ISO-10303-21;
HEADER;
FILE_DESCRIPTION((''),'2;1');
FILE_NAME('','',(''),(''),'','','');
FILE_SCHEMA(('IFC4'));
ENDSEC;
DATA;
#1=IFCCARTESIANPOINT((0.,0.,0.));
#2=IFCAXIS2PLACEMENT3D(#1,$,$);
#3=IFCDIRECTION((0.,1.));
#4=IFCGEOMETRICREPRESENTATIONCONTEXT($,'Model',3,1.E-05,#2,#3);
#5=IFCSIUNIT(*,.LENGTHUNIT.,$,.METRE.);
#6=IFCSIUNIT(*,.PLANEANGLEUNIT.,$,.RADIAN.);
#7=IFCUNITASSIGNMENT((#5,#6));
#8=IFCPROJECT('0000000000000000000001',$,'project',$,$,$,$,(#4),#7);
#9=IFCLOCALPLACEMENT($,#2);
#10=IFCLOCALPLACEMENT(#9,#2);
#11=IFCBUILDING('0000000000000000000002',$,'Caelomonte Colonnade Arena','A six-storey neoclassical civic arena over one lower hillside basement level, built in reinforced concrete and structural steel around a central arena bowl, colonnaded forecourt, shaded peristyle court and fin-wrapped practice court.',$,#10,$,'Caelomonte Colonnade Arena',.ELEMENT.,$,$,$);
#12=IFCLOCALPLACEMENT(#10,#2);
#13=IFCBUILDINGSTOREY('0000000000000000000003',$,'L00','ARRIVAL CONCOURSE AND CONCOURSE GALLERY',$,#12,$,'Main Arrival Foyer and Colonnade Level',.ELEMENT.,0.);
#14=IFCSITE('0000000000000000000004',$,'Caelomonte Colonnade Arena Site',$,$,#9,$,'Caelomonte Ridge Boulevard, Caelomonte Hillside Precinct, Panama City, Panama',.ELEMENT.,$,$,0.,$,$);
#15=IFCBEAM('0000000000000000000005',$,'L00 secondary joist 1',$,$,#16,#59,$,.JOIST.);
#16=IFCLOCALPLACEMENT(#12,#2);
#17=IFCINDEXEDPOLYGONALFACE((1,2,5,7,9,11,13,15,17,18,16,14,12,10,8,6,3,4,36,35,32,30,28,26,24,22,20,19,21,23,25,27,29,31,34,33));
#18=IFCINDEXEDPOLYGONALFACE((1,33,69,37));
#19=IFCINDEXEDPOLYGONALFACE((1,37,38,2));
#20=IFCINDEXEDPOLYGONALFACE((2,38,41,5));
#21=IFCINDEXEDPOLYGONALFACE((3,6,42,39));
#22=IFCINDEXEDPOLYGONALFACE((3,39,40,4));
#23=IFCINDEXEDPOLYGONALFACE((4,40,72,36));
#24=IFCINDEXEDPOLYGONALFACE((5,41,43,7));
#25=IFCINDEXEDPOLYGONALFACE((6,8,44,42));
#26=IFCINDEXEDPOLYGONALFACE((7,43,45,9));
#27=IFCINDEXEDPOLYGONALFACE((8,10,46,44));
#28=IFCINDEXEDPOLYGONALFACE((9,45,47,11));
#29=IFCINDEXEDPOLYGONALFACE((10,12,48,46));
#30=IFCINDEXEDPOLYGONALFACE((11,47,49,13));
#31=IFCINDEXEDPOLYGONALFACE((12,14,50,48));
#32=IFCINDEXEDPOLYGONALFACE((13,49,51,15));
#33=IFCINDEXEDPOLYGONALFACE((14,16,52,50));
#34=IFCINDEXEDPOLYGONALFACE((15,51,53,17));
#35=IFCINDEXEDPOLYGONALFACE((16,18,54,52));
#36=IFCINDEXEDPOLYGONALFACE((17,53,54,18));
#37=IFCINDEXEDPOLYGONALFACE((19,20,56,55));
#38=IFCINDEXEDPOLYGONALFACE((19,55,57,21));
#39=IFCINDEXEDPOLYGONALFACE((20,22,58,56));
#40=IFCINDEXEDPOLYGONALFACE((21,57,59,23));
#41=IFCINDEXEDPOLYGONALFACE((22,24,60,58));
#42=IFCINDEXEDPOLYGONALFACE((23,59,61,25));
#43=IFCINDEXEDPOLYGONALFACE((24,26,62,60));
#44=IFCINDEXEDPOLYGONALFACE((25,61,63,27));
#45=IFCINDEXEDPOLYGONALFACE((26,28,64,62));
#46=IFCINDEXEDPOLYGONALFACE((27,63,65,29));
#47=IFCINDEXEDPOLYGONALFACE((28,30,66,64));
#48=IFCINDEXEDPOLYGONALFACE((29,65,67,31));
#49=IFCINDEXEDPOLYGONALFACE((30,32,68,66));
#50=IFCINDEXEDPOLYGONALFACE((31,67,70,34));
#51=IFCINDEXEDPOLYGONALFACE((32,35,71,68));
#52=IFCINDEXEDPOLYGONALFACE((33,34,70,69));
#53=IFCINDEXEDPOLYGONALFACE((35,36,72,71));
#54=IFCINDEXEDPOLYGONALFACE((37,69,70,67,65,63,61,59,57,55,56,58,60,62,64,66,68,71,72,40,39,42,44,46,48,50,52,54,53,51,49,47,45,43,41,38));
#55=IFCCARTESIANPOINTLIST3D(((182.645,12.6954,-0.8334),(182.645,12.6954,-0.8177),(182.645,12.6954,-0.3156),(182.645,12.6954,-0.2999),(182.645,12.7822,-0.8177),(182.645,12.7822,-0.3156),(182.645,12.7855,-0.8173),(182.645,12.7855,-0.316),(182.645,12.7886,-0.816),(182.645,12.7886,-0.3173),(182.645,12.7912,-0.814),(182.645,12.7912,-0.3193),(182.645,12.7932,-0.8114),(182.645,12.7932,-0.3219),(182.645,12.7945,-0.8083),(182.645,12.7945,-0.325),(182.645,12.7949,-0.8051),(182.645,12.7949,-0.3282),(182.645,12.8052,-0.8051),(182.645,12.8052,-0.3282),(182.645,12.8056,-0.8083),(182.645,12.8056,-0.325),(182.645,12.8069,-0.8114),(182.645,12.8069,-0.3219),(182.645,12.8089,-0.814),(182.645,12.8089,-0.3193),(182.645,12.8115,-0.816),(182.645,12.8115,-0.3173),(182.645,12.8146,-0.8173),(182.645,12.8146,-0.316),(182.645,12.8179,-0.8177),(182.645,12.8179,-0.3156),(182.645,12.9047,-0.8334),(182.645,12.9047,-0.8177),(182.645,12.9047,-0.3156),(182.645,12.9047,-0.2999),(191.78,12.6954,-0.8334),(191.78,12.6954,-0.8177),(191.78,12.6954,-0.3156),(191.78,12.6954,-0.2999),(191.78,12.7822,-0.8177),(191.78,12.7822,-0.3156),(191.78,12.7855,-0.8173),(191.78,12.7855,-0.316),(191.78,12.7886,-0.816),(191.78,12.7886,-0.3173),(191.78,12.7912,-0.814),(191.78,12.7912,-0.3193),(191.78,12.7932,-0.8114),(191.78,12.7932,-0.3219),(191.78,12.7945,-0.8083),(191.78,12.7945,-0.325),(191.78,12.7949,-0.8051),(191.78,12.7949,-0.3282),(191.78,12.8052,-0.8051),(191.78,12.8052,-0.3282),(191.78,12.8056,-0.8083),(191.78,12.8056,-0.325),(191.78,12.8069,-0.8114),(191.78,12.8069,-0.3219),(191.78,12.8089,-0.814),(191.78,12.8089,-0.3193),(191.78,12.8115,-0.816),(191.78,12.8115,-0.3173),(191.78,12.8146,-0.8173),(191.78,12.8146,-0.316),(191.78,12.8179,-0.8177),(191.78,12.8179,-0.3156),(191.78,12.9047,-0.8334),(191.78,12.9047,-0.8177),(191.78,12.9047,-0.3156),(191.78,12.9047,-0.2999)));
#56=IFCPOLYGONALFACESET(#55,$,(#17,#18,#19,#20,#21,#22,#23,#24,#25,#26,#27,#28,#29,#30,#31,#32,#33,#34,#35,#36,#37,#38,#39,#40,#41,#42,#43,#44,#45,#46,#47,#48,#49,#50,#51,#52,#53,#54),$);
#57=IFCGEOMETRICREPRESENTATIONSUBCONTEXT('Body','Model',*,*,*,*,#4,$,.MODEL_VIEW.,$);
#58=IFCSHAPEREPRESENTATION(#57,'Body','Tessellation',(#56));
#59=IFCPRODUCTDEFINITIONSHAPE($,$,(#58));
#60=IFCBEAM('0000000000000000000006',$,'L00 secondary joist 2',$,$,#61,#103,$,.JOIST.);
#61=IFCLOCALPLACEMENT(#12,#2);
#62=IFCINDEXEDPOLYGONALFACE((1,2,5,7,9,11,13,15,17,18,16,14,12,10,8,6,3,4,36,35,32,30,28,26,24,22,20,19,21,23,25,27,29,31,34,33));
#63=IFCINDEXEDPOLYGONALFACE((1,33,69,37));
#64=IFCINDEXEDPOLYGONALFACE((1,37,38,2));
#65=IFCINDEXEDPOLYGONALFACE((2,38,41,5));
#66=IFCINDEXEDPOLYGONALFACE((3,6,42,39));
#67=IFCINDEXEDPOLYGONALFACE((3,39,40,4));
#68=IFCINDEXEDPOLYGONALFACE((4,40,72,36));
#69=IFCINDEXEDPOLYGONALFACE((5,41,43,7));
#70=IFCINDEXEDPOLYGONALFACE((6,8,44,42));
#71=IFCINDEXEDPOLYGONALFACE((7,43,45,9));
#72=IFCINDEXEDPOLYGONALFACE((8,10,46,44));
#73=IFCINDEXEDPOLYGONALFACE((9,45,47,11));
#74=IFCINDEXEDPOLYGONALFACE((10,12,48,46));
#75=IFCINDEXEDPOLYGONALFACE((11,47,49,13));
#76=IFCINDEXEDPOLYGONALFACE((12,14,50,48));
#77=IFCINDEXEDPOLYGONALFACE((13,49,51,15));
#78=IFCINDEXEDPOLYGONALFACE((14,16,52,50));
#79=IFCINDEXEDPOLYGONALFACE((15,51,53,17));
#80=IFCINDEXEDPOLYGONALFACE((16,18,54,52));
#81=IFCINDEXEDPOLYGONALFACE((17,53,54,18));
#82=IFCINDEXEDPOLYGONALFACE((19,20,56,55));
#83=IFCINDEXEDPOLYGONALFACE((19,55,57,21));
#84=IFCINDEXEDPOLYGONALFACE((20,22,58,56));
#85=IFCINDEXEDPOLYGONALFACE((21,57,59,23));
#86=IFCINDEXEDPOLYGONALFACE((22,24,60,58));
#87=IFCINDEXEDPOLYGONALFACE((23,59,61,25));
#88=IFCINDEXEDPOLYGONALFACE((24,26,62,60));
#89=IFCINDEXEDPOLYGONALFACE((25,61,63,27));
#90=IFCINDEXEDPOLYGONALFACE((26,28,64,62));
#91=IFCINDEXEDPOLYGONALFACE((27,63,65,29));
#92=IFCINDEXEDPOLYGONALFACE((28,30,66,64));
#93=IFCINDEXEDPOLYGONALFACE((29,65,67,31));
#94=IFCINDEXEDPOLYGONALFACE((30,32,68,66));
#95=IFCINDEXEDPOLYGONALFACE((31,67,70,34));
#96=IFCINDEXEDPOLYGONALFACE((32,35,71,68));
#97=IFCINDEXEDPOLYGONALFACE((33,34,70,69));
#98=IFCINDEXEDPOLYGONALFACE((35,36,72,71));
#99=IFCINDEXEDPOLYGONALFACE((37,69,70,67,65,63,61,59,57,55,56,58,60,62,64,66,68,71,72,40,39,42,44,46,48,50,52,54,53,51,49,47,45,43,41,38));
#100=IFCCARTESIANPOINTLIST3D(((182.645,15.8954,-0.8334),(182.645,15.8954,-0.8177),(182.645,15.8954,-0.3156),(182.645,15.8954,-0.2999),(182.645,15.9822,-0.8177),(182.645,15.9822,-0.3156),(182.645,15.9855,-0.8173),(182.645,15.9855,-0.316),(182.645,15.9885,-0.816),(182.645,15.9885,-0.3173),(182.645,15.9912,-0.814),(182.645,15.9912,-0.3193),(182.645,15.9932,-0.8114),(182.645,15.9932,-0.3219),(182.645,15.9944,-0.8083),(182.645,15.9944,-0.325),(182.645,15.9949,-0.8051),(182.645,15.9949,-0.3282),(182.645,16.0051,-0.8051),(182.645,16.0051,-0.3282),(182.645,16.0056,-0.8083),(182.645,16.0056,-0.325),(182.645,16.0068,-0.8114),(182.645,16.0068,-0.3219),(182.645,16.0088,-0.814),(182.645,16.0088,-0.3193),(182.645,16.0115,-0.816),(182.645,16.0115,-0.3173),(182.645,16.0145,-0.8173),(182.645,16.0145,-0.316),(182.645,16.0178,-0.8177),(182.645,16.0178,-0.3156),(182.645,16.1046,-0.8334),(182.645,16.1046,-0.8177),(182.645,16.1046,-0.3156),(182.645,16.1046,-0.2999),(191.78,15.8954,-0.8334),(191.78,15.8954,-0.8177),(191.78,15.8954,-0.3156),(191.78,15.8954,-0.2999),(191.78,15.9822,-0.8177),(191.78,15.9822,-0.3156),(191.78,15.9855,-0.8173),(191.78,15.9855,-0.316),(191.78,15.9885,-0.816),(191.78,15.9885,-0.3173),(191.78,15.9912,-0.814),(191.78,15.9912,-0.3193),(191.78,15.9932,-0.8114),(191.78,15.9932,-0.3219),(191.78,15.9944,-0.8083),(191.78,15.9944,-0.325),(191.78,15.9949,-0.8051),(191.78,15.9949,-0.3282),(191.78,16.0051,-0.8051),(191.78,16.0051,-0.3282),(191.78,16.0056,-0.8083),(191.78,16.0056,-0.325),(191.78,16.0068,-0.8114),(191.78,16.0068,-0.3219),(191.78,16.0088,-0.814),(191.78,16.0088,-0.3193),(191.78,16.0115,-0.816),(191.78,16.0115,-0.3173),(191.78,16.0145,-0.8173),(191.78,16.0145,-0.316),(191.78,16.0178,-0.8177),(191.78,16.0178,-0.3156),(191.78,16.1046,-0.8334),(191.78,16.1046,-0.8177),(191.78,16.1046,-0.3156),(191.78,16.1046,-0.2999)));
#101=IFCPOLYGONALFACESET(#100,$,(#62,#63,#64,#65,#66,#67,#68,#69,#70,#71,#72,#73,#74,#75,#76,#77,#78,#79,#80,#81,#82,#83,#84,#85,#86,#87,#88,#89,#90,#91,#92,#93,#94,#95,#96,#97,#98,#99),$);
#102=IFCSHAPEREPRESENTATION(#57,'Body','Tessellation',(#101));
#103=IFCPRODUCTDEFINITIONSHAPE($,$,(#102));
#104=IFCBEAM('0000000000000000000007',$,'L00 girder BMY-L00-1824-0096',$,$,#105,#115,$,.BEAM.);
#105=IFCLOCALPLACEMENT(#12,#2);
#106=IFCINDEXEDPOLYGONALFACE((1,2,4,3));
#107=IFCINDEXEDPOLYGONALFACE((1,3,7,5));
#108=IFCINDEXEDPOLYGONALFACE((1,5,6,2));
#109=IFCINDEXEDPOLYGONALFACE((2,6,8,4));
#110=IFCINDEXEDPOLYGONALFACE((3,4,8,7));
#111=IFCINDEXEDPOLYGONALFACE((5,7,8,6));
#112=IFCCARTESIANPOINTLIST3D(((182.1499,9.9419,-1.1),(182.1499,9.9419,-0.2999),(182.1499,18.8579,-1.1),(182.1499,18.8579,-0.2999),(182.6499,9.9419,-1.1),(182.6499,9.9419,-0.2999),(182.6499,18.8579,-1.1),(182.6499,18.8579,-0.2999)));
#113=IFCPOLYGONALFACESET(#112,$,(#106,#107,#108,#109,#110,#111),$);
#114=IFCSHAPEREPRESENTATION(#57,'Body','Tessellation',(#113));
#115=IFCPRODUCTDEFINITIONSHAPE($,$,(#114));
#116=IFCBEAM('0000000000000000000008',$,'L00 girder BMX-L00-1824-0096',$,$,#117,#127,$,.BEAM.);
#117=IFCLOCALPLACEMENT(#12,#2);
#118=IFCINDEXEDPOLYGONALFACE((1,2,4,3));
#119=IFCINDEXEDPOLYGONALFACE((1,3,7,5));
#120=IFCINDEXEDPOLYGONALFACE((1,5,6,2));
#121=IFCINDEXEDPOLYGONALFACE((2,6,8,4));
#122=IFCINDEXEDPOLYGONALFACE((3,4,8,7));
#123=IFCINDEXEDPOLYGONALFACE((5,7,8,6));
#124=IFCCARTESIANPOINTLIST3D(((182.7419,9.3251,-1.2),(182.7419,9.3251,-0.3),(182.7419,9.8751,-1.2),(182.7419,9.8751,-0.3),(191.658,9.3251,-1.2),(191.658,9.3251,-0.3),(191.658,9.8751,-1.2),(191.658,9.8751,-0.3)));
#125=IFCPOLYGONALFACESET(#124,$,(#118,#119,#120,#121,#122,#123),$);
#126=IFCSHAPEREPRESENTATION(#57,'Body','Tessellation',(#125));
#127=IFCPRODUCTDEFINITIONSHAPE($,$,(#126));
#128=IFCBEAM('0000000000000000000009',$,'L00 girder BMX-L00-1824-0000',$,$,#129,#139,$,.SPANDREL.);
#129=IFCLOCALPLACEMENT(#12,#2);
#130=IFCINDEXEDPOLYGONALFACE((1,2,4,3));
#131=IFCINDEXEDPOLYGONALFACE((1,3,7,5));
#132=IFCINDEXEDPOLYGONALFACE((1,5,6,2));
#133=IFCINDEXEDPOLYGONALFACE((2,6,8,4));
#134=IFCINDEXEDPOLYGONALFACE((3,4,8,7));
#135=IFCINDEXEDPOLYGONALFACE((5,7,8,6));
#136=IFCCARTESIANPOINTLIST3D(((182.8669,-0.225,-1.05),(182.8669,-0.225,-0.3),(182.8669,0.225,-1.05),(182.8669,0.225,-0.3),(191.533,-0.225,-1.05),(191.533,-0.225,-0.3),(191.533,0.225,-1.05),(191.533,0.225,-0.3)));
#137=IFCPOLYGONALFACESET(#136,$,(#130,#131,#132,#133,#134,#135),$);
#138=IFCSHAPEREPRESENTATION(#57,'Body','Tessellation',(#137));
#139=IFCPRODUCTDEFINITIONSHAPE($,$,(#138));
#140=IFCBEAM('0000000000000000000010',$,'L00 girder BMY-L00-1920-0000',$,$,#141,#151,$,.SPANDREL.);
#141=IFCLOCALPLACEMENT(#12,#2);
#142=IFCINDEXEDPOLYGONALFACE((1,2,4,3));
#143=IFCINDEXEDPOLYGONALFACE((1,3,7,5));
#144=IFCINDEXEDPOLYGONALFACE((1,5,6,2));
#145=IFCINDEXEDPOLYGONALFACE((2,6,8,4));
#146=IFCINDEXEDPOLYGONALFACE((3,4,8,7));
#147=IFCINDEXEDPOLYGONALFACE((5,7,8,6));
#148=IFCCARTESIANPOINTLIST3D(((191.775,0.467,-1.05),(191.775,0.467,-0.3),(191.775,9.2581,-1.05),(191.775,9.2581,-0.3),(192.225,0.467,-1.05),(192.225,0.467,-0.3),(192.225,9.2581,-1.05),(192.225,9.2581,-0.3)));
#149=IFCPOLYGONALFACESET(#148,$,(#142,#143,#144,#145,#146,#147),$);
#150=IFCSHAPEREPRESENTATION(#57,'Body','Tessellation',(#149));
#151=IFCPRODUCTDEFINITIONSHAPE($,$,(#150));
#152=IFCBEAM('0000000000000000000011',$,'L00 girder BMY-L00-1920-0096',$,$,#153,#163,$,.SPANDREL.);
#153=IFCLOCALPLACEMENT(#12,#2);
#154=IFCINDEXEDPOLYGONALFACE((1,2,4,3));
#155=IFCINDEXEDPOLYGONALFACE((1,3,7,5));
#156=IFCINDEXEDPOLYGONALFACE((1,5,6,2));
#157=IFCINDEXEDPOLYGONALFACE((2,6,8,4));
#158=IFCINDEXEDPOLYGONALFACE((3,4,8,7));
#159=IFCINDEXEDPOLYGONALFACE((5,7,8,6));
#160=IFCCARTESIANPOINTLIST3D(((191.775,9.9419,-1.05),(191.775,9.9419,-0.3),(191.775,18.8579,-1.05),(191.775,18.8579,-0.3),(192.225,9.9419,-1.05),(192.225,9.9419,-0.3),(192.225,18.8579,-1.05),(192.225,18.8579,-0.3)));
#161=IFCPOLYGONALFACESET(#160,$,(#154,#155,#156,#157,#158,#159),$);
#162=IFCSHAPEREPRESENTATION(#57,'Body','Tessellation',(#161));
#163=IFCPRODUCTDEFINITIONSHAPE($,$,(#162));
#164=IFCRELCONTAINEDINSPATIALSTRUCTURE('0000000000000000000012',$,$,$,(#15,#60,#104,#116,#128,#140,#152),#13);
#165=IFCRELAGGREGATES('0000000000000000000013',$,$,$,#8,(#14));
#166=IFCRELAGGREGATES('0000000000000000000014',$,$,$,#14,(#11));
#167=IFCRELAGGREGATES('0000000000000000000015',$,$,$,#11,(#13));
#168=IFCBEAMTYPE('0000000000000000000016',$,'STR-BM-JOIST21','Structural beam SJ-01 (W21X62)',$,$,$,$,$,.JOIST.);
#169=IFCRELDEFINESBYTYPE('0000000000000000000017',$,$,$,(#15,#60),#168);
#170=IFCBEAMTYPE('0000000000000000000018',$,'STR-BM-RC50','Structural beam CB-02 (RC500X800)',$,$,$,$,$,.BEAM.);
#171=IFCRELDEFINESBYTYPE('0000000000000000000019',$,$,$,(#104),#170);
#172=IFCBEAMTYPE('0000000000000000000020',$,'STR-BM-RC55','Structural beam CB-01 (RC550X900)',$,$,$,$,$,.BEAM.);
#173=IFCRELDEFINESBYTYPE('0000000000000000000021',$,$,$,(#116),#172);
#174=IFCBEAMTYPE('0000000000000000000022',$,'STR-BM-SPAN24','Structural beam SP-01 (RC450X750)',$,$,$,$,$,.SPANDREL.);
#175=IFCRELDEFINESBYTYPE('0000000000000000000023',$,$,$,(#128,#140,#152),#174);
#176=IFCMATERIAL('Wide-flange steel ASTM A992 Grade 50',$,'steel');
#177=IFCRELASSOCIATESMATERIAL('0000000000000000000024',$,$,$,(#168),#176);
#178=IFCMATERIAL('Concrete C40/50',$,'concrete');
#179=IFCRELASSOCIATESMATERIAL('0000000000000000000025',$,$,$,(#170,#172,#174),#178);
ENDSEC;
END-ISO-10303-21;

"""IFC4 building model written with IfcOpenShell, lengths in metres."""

from ifc_helpers import new_model, si_unit, direction, frame, origin, origin_2d, place, context, subcontext, project, spatial, rectangle, i_section, extrude, material, material_profile, profile_set, type_object, element, save


model = new_model("IFC4")

# Units and contexts
model_context = context("Model", 3, precision=1e-05, world=origin(), true_north=direction((0.0, 1.0)))
body_context = subcontext(model_context, "Body", "Model", "MODEL_VIEW")
ifc_project = project(units=[si_unit("LENGTHUNIT", "METRE"), si_unit("PLANEANGLEUNIT", "RADIAN")], contexts=[model_context])

# Site, building, storey
site_placement = place(None, origin())
site = spatial("IfcSite", under=ifc_project, at=site_placement, Name="Caelomonte Colonnade Arena Site", LongName="Caelomonte Ridge Boulevard, Caelomonte Hillside Precinct, Panama City, Panama", CompositionType="ELEMENT", RefElevation=0.0)
building_placement = place(site_placement, origin())
building = spatial("IfcBuilding", under=site, at=building_placement, Name="Caelomonte Colonnade Arena", Description="A six-storey neoclassical civic arena over one lower hillside basement level, built in reinforced concrete and structural steel around a central arena bowl, colonnaded forecourt, shaded peristyle court and fin-wrapped practice court.", LongName="Caelomonte Colonnade Arena", CompositionType="ELEMENT")
storey_placement = place(building_placement, origin())
storey = spatial("IfcBuildingStorey", under=building, at=storey_placement, Name="L00", Description="ARRIVAL CONCOURSE AND CONCOURSE GALLERY", LongName="Main Arrival Foyer and Colonnade Level", CompositionType="ELEMENT", Elevation=0.0)

# Shared definitions
ifc_material_1 = material(Name="Concrete C40/50", Category="concrete")

# Beams
ifc_material_2 = material(Name="Wide-flange steel ASTM A992 Grade 50", Category="steel")
ifc_material_profile_1 = material_profile(ifc_material_2, i_section(OverallWidth=0.2092, OverallDepth=0.5334, WebThickness=0.0103, FlangeThickness=0.0156, FilletRadius=0.0127, at=origin_2d()), Name="W21X62")
ifc_profile_set_1 = profile_set([ifc_material_profile_1], Name="Wide-flange steel ASTM A992 Grade 50")
beam_type_1 = type_object("IfcBeamType", Name="STR-BM-JOIST21", Description="Structural beam SJ-01 (W21X62)", PredefinedType="JOIST", material=ifc_profile_set_1)
for number, where, z_axis, x_axis, name in (
    (1, (182.645, 12.8, -0.5667), (1.0, 0.0, 0.0), (0.0, 1.0, 0.0), "L00 secondary joist 1"),
    (2, (182.645, 16.0, -0.5667), (1.0, 0.0, 0.0), (0.0, 1.0, 0.0), "L00 secondary joist 2"),
):
    element("IfcBeam", number, at=place(storey_placement, frame(where, z_axis=z_axis, x_axis=x_axis)), inside=storey, type_object=beam_type_1, Name=name, PredefinedType="JOIST", context=body_context, shape_type="SweptSolid", body=[
        extrude(i_section(OverallWidth=0.2092, OverallDepth=0.5334, WebThickness=0.0103, FlangeThickness=0.0156, FilletRadius=0.0127, at=origin_2d()), origin(), (0.0, 0.0, 1.0), 9.135),
    ])
ifc_material_profile_2 = material_profile(ifc_material_1, rectangle(XDim=0.5, YDim=0.8, at=origin_2d()), Name="RC500X800")
ifc_profile_set_2 = profile_set([ifc_material_profile_2], Name="Concrete C40/50")
beam_type_2 = type_object("IfcBeamType", Name="STR-BM-RC50", Description="Structural beam CB-02 (RC500X800)", PredefinedType="BEAM", material=ifc_profile_set_2)
beam_1_placement = place(storey_placement, frame((182.3999, 9.9419, -0.7), z_axis=(0.0, 1.0, 0.0), x_axis=(-1.0, 0.0, 0.0)))
element("IfcBeam", 3, at=beam_1_placement, inside=storey, type_object=beam_type_2, Name="L00 girder BMY-L00-1824-0096", PredefinedType="BEAM", context=body_context, shape_type="SweptSolid", body=[
    extrude(rectangle(XDim=0.5, YDim=0.8, at=origin_2d()), origin(), (0.0, 0.0, 1.0), 8.916),
])
ifc_material_profile_3 = material_profile(ifc_material_1, rectangle(XDim=0.55, YDim=0.8999, at=origin_2d()), Name="RC550X900")
ifc_profile_set_3 = profile_set([ifc_material_profile_3], Name="Concrete C40/50")
beam_type_3 = type_object("IfcBeamType", Name="STR-BM-RC55", Description="Structural beam CB-01 (RC550X900)", PredefinedType="BEAM", material=ifc_profile_set_3)
beam_2_placement = place(storey_placement, frame((182.7419, 9.6001, -0.75), z_axis=(1.0, 0.0, 0.0), x_axis=(0.0, 1.0, 0.0)))
element("IfcBeam", 4, at=beam_2_placement, inside=storey, type_object=beam_type_3, Name="L00 girder BMX-L00-1824-0096", PredefinedType="BEAM", context=body_context, shape_type="SweptSolid", body=[
    extrude(rectangle(XDim=0.55, YDim=0.8999, at=origin_2d()), origin(), (0.0, 0.0, 1.0), 8.916),
])
ifc_material_profile_4 = material_profile(ifc_material_1, rectangle(XDim=0.45, YDim=0.75, at=origin_2d()), Name="RC450X750")
ifc_profile_set_4 = profile_set([ifc_material_profile_4], Name="Concrete C40/50")
beam_type_4 = type_object("IfcBeamType", Name="STR-BM-SPAN24", Description="Structural beam SP-01 (RC450X750)", PredefinedType="SPANDREL", material=ifc_profile_set_4)
beam_3_placement = place(storey_placement, frame((182.8669, 0.0, -0.675), z_axis=(1.0, 0.0, 0.0), x_axis=(0.0, 1.0, 0.0)))
element("IfcBeam", 5, at=beam_3_placement, inside=storey, type_object=beam_type_4, Name="L00 girder BMX-L00-1824-0000", PredefinedType="SPANDREL", context=body_context, shape_type="SweptSolid", body=[
    extrude(rectangle(XDim=0.45, YDim=0.75, at=origin_2d()), origin(), (0.0, 0.0, 1.0), 8.666),
])
beam_4_placement = place(storey_placement, frame((192.0, 0.467, -0.675), z_axis=(0.0, 1.0, 0.0), x_axis=(-1.0, 0.0, 0.0)))
element("IfcBeam", 6, at=beam_4_placement, inside=storey, type_object=beam_type_4, Name="L00 girder BMY-L00-1920-0000", PredefinedType="SPANDREL", context=body_context, shape_type="SweptSolid", body=[
    extrude(rectangle(XDim=0.45, YDim=0.75, at=origin_2d()), origin(), (0.0, 0.0, 1.0), 8.791),
])
beam_5_placement = place(storey_placement, frame((192.0, 9.9419, -0.675), z_axis=(0.0, 1.0, 0.0), x_axis=(-1.0, 0.0, 0.0)))
element("IfcBeam", 7, at=beam_5_placement, inside=storey, type_object=beam_type_4, Name="L00 girder BMY-L00-1920-0096", PredefinedType="SPANDREL", context=body_context, shape_type="SweptSolid", body=[
    extrude(rectangle(XDim=0.45, YDim=0.75, at=origin_2d()), origin(), (0.0, 0.0, 1.0), 8.916),
])

save(model, "model.ifc")
